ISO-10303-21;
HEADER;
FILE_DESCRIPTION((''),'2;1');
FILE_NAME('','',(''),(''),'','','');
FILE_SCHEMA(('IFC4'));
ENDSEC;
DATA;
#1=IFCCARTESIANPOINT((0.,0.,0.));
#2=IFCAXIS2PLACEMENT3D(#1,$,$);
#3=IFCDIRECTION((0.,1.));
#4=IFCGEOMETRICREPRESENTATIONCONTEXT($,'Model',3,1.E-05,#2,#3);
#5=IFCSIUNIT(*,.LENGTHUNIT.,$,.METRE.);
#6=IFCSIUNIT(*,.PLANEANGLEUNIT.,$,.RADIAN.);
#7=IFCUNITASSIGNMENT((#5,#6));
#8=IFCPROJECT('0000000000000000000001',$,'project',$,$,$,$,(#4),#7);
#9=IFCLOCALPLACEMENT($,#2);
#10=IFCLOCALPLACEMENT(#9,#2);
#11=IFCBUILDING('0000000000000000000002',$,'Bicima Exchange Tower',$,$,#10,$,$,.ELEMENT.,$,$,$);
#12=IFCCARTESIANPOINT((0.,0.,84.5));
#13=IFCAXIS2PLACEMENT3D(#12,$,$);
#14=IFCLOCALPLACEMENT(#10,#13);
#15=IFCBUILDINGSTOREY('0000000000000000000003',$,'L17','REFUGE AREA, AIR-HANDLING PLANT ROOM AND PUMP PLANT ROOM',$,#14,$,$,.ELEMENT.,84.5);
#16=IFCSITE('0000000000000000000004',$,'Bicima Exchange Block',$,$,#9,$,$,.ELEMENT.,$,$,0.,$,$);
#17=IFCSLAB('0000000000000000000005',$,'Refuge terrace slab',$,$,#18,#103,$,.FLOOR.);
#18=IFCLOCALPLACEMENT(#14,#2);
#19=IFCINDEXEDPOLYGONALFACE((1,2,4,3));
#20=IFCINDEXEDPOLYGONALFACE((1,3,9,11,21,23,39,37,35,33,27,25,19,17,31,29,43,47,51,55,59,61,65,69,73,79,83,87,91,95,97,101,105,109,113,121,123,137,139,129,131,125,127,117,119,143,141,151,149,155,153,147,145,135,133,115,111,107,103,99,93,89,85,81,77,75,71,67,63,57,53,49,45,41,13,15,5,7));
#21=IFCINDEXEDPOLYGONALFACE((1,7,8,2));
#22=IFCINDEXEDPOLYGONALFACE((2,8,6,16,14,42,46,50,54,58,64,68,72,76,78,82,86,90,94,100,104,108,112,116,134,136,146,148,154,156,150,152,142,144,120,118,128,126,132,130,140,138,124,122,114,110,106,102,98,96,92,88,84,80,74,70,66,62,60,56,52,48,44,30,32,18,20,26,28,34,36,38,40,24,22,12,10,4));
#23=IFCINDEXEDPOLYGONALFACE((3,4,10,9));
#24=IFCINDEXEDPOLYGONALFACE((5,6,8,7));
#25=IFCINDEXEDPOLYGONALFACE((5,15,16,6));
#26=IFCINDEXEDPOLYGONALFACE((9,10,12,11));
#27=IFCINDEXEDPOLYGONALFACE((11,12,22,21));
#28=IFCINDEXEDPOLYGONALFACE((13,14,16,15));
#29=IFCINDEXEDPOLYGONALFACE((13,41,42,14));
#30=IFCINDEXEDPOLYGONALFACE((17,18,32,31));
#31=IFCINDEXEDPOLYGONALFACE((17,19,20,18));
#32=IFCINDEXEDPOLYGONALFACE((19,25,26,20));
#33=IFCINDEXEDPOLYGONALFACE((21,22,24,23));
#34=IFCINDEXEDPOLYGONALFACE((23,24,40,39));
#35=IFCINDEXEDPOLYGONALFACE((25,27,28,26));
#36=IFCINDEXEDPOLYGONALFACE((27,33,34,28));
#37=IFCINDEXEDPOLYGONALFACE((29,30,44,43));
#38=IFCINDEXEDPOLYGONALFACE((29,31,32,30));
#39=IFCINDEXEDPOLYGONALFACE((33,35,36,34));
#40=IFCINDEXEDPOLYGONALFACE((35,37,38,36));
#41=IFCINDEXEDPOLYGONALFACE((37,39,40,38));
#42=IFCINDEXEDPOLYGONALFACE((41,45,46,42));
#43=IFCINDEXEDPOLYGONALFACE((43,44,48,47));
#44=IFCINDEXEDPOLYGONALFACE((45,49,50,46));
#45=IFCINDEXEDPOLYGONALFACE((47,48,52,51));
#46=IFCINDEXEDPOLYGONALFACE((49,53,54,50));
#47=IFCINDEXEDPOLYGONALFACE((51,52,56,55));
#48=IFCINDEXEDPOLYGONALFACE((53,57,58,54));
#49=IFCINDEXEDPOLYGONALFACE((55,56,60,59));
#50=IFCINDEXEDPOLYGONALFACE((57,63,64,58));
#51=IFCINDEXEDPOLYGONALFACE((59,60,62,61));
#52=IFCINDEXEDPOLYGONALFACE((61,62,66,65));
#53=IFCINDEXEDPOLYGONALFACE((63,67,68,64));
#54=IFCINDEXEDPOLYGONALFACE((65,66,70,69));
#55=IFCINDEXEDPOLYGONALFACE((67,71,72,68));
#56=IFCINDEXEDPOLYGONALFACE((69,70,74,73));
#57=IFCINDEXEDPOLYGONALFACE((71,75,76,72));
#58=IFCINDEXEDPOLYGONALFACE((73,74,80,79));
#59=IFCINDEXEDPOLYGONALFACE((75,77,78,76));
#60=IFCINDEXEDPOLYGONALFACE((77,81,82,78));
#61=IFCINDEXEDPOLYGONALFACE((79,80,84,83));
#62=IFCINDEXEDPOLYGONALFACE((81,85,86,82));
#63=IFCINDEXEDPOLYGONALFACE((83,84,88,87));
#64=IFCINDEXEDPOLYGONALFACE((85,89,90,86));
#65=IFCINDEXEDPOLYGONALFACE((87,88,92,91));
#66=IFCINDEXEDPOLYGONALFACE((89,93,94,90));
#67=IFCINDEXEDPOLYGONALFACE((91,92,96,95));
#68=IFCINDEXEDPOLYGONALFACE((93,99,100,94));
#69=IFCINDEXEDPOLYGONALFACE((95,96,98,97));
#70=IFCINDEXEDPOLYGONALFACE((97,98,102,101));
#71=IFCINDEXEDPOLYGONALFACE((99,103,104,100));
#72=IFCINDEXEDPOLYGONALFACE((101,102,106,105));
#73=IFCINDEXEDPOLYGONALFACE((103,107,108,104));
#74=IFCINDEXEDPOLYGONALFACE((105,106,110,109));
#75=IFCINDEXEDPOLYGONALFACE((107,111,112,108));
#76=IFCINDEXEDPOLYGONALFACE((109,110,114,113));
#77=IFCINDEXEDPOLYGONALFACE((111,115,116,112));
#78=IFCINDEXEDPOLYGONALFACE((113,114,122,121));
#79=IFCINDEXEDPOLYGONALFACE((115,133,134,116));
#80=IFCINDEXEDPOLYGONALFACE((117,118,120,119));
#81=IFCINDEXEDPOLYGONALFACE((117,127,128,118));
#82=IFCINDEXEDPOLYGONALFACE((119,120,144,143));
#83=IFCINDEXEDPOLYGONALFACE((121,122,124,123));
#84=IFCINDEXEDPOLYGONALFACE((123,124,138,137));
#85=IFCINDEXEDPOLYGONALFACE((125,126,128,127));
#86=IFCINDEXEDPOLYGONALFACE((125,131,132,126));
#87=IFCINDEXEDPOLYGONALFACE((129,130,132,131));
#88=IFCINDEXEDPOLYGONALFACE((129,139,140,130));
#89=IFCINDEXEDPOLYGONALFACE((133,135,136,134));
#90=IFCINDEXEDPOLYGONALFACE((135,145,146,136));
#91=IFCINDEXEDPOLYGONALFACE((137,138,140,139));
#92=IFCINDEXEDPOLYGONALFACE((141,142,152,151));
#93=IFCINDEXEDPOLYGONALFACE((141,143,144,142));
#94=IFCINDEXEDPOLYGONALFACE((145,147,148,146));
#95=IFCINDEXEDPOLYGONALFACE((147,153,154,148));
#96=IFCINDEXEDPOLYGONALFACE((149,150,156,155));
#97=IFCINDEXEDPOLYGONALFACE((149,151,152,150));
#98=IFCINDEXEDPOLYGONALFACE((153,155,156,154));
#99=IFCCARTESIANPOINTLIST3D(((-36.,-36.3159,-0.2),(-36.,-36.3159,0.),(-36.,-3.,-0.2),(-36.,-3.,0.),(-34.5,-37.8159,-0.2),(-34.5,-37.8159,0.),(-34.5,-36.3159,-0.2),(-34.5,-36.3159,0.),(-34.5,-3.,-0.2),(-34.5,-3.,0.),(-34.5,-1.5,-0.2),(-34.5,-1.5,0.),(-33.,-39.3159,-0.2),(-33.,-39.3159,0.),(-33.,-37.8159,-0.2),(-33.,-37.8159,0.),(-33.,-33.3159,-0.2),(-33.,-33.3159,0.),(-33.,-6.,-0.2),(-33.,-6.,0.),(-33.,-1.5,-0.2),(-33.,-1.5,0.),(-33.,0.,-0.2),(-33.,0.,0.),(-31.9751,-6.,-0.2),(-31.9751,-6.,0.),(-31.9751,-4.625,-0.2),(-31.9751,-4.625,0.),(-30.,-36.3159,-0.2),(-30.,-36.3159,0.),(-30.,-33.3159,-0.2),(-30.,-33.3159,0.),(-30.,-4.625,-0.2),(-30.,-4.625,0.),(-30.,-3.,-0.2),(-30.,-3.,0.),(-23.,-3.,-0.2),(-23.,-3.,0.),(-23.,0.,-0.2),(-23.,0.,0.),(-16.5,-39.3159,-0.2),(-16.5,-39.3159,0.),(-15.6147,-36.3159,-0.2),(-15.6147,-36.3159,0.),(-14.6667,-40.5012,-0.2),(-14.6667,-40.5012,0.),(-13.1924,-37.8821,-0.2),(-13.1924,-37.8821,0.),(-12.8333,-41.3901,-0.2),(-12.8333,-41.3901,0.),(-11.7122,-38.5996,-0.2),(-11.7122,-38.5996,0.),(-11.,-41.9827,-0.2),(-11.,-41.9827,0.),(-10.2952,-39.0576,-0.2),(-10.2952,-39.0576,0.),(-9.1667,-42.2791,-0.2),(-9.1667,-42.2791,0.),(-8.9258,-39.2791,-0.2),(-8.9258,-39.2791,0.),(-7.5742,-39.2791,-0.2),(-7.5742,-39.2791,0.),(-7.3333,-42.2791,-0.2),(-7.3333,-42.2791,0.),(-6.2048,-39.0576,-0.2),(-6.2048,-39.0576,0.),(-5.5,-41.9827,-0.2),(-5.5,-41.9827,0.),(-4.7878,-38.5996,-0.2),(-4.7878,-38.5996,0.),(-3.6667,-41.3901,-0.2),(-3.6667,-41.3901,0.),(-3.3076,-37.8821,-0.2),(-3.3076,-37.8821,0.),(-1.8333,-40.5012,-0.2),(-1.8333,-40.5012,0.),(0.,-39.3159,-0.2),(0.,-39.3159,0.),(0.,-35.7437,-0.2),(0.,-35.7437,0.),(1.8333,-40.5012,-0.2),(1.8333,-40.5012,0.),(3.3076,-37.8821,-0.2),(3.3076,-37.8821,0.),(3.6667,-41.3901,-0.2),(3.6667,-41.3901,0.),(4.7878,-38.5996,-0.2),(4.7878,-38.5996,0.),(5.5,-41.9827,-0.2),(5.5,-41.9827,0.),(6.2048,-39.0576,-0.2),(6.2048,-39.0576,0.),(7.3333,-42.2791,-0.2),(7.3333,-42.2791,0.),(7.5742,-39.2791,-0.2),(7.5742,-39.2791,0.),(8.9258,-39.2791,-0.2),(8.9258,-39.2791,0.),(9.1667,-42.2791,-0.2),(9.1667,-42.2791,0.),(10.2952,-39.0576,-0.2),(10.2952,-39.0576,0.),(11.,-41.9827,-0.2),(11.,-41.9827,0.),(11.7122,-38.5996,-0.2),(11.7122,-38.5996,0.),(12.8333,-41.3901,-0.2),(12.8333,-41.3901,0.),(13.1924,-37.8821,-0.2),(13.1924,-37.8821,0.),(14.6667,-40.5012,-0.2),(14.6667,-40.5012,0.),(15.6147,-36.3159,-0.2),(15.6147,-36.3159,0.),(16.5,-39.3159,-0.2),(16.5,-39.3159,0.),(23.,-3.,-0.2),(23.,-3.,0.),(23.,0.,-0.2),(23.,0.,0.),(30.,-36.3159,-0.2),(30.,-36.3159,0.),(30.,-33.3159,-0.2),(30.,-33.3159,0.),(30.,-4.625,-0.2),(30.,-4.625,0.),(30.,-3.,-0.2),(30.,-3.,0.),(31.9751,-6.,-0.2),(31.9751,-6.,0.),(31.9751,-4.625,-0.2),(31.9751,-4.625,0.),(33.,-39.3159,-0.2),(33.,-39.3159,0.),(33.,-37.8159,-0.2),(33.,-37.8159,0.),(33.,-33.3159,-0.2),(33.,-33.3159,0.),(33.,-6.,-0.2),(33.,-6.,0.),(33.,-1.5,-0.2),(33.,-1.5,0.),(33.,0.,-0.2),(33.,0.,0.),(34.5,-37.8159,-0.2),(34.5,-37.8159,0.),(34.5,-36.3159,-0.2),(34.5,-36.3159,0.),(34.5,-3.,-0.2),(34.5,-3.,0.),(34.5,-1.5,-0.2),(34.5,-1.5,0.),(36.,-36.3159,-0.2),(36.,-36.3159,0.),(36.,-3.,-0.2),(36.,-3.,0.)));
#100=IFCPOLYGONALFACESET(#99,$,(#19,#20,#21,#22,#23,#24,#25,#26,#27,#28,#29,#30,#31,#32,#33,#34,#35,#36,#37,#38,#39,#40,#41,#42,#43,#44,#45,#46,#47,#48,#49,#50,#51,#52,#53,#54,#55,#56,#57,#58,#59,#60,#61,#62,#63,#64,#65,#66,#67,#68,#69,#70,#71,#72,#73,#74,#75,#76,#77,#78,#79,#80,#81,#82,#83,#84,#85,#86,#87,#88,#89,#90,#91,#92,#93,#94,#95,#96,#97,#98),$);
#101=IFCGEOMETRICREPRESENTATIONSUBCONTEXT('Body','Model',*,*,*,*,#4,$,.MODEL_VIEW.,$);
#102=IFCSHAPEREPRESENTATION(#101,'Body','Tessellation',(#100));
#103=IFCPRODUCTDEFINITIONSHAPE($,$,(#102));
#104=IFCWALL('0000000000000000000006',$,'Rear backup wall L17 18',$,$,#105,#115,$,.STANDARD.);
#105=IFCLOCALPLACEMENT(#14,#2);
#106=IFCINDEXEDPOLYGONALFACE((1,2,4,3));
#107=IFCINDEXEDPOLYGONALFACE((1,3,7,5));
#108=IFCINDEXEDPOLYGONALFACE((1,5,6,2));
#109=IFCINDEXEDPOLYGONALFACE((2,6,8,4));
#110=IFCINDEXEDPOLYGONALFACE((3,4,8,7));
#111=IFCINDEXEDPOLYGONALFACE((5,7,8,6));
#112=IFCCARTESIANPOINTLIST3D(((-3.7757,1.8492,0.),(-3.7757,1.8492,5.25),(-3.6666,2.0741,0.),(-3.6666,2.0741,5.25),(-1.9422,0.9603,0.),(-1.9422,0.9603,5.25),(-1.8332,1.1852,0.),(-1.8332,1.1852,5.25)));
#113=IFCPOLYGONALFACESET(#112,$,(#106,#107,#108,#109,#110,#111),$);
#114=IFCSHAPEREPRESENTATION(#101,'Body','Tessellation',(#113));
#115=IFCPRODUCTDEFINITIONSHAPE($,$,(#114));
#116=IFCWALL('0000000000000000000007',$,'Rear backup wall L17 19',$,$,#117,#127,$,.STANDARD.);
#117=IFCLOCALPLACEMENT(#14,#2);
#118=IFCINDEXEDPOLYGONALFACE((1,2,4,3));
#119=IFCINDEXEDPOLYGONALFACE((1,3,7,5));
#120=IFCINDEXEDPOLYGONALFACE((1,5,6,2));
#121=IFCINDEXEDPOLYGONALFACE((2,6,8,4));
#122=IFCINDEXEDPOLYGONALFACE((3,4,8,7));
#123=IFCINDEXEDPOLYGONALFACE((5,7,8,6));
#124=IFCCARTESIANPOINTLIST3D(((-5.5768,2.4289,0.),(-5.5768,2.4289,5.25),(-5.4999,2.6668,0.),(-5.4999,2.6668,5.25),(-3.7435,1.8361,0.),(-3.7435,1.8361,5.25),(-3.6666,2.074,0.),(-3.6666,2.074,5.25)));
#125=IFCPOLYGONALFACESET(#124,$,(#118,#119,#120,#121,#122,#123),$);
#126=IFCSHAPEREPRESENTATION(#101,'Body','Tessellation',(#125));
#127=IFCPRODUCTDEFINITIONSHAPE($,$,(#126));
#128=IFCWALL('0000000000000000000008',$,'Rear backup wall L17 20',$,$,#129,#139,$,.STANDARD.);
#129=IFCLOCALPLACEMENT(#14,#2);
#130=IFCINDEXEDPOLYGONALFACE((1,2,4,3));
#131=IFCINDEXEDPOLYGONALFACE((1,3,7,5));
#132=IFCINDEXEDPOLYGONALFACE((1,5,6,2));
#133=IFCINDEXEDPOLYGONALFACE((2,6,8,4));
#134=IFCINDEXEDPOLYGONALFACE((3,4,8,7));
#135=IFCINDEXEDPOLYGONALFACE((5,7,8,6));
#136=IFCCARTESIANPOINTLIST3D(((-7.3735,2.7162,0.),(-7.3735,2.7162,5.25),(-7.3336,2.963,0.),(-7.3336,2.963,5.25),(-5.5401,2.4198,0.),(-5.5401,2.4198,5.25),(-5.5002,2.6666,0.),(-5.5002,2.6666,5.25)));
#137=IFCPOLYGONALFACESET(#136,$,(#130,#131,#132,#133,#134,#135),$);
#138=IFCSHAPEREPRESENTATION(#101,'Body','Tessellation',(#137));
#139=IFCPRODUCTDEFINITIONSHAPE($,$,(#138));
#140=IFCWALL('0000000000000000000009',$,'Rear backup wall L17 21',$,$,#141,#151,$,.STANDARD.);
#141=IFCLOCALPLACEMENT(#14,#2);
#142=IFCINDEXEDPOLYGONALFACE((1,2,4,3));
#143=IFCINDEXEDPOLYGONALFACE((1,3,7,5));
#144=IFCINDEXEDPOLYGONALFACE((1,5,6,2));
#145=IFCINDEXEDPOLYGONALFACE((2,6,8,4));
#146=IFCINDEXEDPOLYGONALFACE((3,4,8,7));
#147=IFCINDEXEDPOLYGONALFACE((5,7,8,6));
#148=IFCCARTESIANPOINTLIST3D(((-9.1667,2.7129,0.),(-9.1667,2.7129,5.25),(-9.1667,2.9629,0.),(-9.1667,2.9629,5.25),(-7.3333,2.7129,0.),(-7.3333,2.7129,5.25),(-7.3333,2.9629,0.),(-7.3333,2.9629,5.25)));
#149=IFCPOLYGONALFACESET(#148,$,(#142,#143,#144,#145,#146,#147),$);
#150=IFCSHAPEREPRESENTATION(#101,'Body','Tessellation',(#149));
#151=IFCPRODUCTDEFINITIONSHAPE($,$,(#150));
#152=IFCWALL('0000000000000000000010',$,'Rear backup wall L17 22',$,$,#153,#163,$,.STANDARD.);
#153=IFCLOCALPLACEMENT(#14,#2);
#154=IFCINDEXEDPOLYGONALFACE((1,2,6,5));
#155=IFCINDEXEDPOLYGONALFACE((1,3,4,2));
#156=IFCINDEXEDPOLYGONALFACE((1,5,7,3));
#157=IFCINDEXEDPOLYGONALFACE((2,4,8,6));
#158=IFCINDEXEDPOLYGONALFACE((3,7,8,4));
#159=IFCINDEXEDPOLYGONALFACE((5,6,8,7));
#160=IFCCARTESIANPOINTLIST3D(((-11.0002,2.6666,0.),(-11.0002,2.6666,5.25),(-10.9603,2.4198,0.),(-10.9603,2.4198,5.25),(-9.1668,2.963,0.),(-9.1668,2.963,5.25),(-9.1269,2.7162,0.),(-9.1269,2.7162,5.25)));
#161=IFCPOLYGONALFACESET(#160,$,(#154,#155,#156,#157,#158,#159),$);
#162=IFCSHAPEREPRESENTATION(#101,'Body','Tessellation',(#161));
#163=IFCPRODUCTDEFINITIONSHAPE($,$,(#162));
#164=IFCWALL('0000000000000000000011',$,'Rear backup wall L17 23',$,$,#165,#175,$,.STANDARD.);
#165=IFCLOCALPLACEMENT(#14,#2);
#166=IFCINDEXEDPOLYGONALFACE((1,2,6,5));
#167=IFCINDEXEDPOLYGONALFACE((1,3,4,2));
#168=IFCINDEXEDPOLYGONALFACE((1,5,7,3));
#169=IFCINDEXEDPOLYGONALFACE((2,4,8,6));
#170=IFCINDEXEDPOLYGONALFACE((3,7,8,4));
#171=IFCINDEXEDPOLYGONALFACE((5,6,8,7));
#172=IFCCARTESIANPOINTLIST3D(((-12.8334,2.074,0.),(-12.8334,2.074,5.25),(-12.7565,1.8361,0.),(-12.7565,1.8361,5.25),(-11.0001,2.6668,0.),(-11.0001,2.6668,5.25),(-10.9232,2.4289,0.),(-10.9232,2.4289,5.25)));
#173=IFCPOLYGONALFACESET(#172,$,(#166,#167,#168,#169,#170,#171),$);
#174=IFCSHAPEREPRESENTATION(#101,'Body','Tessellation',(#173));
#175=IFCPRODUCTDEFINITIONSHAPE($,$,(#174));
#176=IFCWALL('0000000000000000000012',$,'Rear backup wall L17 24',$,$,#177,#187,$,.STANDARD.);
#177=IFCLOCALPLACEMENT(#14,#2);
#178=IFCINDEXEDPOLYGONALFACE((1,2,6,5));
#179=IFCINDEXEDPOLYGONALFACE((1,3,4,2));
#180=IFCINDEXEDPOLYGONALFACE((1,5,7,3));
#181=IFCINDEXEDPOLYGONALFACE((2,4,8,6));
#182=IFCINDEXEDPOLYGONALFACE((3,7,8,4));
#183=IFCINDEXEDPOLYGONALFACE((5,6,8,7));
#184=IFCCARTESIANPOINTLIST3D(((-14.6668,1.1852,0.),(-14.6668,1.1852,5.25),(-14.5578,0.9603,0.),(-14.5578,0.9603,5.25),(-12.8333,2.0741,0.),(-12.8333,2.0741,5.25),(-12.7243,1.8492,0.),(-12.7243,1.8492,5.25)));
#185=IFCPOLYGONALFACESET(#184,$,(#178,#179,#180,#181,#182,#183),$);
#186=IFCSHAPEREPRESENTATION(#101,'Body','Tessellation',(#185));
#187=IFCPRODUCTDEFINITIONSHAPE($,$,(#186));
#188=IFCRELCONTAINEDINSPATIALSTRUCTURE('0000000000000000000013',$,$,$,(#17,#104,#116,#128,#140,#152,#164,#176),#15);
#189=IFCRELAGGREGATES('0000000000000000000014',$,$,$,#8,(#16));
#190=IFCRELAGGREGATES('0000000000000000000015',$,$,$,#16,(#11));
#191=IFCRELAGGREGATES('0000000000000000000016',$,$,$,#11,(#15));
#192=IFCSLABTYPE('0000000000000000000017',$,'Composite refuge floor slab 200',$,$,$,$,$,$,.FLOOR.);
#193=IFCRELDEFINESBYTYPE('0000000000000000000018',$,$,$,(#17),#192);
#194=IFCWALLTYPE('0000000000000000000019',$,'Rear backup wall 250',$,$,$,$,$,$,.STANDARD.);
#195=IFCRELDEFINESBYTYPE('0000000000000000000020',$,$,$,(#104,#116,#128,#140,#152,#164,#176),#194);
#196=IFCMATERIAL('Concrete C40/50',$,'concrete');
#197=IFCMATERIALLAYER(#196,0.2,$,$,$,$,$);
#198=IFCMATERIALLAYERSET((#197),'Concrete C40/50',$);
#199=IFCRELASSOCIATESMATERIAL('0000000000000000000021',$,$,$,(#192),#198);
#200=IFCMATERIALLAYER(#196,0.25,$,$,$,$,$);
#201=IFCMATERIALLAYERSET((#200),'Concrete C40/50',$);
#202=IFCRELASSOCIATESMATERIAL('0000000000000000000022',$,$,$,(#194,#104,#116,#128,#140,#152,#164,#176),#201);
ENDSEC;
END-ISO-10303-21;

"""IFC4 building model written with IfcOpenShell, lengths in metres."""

from ifc_helpers import new_model, si_unit, direction, frame, frame_2d, origin, place, context, subcontext, project, spatial, polyline, rectangle, outline, extrude, material, layer, layer_set, layer_usage, type_object, element, save


model = new_model("IFC4")

# Units and contexts
model_context = context("Model", 3, precision=1e-05, world=origin(), true_north=direction((0.0, 1.0)))
body_context = subcontext(model_context, "Body", "Model", "MODEL_VIEW")
ifc_project = project(units=[si_unit("LENGTHUNIT", "METRE"), si_unit("PLANEANGLEUNIT", "RADIAN")], contexts=[model_context])

# Site, building, storey
site_placement = place(None, origin())
site = spatial("IfcSite", under=ifc_project, at=site_placement, Name="Bicima Exchange Block", CompositionType="ELEMENT", RefElevation=0.0)
building_placement = place(site_placement, origin())
building = spatial("IfcBuilding", under=site, at=building_placement, Name="Bicima Exchange Tower", CompositionType="ELEMENT")
storey_placement = place(building_placement, frame((0.0, 0.0, 84.5)))
storey = spatial("IfcBuildingStorey", under=building, at=storey_placement, Name="L17", Description="REFUGE AREA, AIR-HANDLING PLANT ROOM AND PUMP PLANT ROOM", CompositionType="ELEMENT", Elevation=84.5)

# Slab
ifc_material_1 = material(Name="Concrete C40/50", Category="concrete")
ifc_layer_1 = layer(ifc_material_1, 0.2)
ifc_layer_set_1 = layer_set([ifc_layer_1], Name="Concrete C40/50")
slab_type = type_object("IfcSlabType", Name="Composite refuge floor slab 200", PredefinedType="FLOOR", material=ifc_layer_set_1)
slab_1_placement = place(storey_placement, frame((0.0, 0.0, -0.2)))
element("IfcSlab", 1, at=slab_1_placement, inside=storey, type_object=slab_type, Name="Refuge terrace slab", PredefinedType="FLOOR", context=body_context, shape_type="SweptSolid", body=[
    extrude(outline(polyline([(30.0, -3.0), (23.0, -3.0), (23.0, 0.0), (33.0, 0.0), (33.0, -1.5), (34.5, -1.5), (34.5, -3.0), (36.0, -3.0), (36.0, -36.3159), (34.5, -36.3159), (34.5, -37.8159), (33.0, -37.8159), (33.0, -39.3159), (16.5, -39.3159), (14.6667, -40.5012), (12.8333, -41.3901), (11.0, -41.9827), (9.1667, -42.2791), (7.3333, -42.2791), (5.5, -41.9827), (3.6667, -41.3901), (1.8333, -40.5012), (0.0, -39.3159), (-1.8333, -40.5012), (-3.6667, -41.3901), (-5.5, -41.9827), (-7.3333, -42.2791), (-9.1667, -42.2791), (-11.0, -41.9827), (-12.8333, -41.3901), (-14.6667, -40.5012), (-16.5, -39.3159), (-33.0, -39.3159), (-33.0, -37.8159), (-34.5, -37.8159), (-34.5, -36.3159), (-36.0, -36.3159), (-36.0, -3.0), (-34.5, -3.0), (-34.5, -1.5), (-33.0, -1.5), (-33.0, 0.0), (-23.0, 0.0), (-23.0, -3.0), (-30.0, -3.0), (-30.0, -4.625), (-31.9751, -4.625), (-31.9751, -6.0), (-33.0, -6.0), (-33.0, -33.3159), (-30.0, -33.3159), (-30.0, -36.3159), (-15.6147, -36.3159), (-13.1924, -37.8821), (-11.7122, -38.5996), (-10.2952, -39.0576), (-8.9258, -39.2791), (-7.5742, -39.2791), (-6.2048, -39.0576), (-4.7878, -38.5996), (-3.3076, -37.8821), (0.0, -35.7437), (3.3076, -37.8821), (4.7878, -38.5996), (6.2048, -39.0576), (7.5742, -39.2791), (8.9258, -39.2791), (10.2952, -39.0576), (11.7122, -38.5996), (13.1924, -37.8821), (15.6147, -36.3159), (30.0, -36.3159), (30.0, -33.3159), (33.0, -33.3159), (33.0, -6.0), (31.9751, -6.0), (31.9751, -4.625), (30.0, -4.625), (30.0, -3.0)])), origin(), (0.0, 0.0, 1.0), 0.2),
])

# Walls
ifc_layer_2 = layer(ifc_material_1, 0.25)
ifc_layer_set_2 = layer_set([ifc_layer_2], Name="Concrete C40/50")
ifc_layer_usage = layer_usage(ifc_layer_set_2, "AXIS2", "POSITIVE", -0.125)
wall_type = type_object("IfcWallType", Name="Rear backup wall 250", PredefinedType="STANDARD", material=ifc_layer_set_2)
wall_1_placement = place(storey_placement, frame((-1.8877, 1.0728, 0.0), z_axis=(0.0, 0.0, 1.0), x_axis=(-0.899824, 0.436253, 0.0)))
element("IfcWall", 2, at=wall_1_placement, inside=storey, type_object=wall_type, material=ifc_layer_usage, Name="Rear backup wall L17 18", PredefinedType="STANDARD", context=body_context, shape_type="SweptSolid", body=[
    extrude(rectangle(XDim=2.0376, YDim=0.25, at=frame_2d((1.0188, 0.0))), origin(), (0.0, 0.0, 1.0), 5.25),
])
wall_2_placement = place(storey_placement, frame((-3.7051, 1.9551, 0.0), z_axis=(0.0, 0.0, 1.0), x_axis=(-0.951496, 0.307662, 0.0)))
element("IfcWall", 3, at=wall_2_placement, inside=storey, type_object=wall_type, material=ifc_layer_usage, Name="Rear backup wall L17 19", PredefinedType="STANDARD", context=body_context, shape_type="SweptSolid", body=[
    extrude(rectangle(XDim=1.9268, YDim=0.25, at=frame_2d((0.9634, 0.0))), origin(), (0.0, 0.0, 1.0), 5.25),
])
wall_3_placement = place(storey_placement, frame((-5.52, 2.5432, 0.0), z_axis=(0.0, 0.0, 1.0), x_axis=(-0.987182, 0.1596, 0.0)))
element("IfcWall", 4, at=wall_3_placement, inside=storey, type_object=wall_type, material=ifc_layer_usage, Name="Rear backup wall L17 20", PredefinedType="STANDARD", context=body_context, shape_type="SweptSolid", body=[
    extrude(rectangle(XDim=1.8572, YDim=0.25, at=frame_2d((0.9287, 0.0))), origin(), (0.0, 0.0, 1.0), 5.25),
])
wall_4_placement = place(storey_placement, frame((-7.3333, 2.8379, 0.0), z_axis=(0.0, 0.0, 1.0), x_axis=(-1.0, 0.0, 0.0)))
element("IfcWall", 5, at=wall_4_placement, inside=storey, type_object=wall_type, material=ifc_layer_usage, Name="Rear backup wall L17 21", PredefinedType="STANDARD", context=body_context, shape_type="SweptSolid", body=[
    extrude(rectangle(XDim=1.8335, YDim=0.25, at=frame_2d((0.9167, 0.0))), origin(), (0.0, 0.0, 1.0), 5.25),
])
wall_5_placement = place(storey_placement, frame((-9.1467, 2.8396, 0.0), z_axis=(0.0, 0.0, 1.0), x_axis=(-0.987182, -0.1596, 0.0)))
element("IfcWall", 6, at=wall_5_placement, inside=storey, type_object=wall_type, material=ifc_layer_usage, Name="Rear backup wall L17 22", PredefinedType="STANDARD", context=body_context, shape_type="SweptSolid", body=[
    extrude(rectangle(XDim=1.8572, YDim=0.25, at=frame_2d((0.9287, 0.0))), origin(), (0.0, 0.0, 1.0), 5.25),
])
wall_6_placement = place(storey_placement, frame((-10.9617, 2.5479, 0.0), z_axis=(0.0, 0.0, 1.0), x_axis=(-0.951496, -0.307662, 0.0)))
element("IfcWall", 7, at=wall_6_placement, inside=storey, type_object=wall_type, material=ifc_layer_usage, Name="Rear backup wall L17 23", PredefinedType="STANDARD", context=body_context, shape_type="SweptSolid", body=[
    extrude(rectangle(XDim=1.9268, YDim=0.25, at=frame_2d((0.9634, 0.0))), origin(), (0.0, 0.0, 1.0), 5.25),
])
wall_7_placement = place(storey_placement, frame((-12.7788, 1.9617, 0.0), z_axis=(0.0, 0.0, 1.0), x_axis=(-0.899824, -0.436253, 0.0)))
element("IfcWall", 8, at=wall_7_placement, inside=storey, type_object=wall_type, material=ifc_layer_usage, Name="Rear backup wall L17 24", PredefinedType="STANDARD", context=body_context, shape_type="SweptSolid", body=[
    extrude(rectangle(XDim=2.0376, YDim=0.25, at=frame_2d((1.0188, 0.0))), origin(), (0.0, 0.0, 1.0), 5.25),
])

save(model, "model.ifc")
